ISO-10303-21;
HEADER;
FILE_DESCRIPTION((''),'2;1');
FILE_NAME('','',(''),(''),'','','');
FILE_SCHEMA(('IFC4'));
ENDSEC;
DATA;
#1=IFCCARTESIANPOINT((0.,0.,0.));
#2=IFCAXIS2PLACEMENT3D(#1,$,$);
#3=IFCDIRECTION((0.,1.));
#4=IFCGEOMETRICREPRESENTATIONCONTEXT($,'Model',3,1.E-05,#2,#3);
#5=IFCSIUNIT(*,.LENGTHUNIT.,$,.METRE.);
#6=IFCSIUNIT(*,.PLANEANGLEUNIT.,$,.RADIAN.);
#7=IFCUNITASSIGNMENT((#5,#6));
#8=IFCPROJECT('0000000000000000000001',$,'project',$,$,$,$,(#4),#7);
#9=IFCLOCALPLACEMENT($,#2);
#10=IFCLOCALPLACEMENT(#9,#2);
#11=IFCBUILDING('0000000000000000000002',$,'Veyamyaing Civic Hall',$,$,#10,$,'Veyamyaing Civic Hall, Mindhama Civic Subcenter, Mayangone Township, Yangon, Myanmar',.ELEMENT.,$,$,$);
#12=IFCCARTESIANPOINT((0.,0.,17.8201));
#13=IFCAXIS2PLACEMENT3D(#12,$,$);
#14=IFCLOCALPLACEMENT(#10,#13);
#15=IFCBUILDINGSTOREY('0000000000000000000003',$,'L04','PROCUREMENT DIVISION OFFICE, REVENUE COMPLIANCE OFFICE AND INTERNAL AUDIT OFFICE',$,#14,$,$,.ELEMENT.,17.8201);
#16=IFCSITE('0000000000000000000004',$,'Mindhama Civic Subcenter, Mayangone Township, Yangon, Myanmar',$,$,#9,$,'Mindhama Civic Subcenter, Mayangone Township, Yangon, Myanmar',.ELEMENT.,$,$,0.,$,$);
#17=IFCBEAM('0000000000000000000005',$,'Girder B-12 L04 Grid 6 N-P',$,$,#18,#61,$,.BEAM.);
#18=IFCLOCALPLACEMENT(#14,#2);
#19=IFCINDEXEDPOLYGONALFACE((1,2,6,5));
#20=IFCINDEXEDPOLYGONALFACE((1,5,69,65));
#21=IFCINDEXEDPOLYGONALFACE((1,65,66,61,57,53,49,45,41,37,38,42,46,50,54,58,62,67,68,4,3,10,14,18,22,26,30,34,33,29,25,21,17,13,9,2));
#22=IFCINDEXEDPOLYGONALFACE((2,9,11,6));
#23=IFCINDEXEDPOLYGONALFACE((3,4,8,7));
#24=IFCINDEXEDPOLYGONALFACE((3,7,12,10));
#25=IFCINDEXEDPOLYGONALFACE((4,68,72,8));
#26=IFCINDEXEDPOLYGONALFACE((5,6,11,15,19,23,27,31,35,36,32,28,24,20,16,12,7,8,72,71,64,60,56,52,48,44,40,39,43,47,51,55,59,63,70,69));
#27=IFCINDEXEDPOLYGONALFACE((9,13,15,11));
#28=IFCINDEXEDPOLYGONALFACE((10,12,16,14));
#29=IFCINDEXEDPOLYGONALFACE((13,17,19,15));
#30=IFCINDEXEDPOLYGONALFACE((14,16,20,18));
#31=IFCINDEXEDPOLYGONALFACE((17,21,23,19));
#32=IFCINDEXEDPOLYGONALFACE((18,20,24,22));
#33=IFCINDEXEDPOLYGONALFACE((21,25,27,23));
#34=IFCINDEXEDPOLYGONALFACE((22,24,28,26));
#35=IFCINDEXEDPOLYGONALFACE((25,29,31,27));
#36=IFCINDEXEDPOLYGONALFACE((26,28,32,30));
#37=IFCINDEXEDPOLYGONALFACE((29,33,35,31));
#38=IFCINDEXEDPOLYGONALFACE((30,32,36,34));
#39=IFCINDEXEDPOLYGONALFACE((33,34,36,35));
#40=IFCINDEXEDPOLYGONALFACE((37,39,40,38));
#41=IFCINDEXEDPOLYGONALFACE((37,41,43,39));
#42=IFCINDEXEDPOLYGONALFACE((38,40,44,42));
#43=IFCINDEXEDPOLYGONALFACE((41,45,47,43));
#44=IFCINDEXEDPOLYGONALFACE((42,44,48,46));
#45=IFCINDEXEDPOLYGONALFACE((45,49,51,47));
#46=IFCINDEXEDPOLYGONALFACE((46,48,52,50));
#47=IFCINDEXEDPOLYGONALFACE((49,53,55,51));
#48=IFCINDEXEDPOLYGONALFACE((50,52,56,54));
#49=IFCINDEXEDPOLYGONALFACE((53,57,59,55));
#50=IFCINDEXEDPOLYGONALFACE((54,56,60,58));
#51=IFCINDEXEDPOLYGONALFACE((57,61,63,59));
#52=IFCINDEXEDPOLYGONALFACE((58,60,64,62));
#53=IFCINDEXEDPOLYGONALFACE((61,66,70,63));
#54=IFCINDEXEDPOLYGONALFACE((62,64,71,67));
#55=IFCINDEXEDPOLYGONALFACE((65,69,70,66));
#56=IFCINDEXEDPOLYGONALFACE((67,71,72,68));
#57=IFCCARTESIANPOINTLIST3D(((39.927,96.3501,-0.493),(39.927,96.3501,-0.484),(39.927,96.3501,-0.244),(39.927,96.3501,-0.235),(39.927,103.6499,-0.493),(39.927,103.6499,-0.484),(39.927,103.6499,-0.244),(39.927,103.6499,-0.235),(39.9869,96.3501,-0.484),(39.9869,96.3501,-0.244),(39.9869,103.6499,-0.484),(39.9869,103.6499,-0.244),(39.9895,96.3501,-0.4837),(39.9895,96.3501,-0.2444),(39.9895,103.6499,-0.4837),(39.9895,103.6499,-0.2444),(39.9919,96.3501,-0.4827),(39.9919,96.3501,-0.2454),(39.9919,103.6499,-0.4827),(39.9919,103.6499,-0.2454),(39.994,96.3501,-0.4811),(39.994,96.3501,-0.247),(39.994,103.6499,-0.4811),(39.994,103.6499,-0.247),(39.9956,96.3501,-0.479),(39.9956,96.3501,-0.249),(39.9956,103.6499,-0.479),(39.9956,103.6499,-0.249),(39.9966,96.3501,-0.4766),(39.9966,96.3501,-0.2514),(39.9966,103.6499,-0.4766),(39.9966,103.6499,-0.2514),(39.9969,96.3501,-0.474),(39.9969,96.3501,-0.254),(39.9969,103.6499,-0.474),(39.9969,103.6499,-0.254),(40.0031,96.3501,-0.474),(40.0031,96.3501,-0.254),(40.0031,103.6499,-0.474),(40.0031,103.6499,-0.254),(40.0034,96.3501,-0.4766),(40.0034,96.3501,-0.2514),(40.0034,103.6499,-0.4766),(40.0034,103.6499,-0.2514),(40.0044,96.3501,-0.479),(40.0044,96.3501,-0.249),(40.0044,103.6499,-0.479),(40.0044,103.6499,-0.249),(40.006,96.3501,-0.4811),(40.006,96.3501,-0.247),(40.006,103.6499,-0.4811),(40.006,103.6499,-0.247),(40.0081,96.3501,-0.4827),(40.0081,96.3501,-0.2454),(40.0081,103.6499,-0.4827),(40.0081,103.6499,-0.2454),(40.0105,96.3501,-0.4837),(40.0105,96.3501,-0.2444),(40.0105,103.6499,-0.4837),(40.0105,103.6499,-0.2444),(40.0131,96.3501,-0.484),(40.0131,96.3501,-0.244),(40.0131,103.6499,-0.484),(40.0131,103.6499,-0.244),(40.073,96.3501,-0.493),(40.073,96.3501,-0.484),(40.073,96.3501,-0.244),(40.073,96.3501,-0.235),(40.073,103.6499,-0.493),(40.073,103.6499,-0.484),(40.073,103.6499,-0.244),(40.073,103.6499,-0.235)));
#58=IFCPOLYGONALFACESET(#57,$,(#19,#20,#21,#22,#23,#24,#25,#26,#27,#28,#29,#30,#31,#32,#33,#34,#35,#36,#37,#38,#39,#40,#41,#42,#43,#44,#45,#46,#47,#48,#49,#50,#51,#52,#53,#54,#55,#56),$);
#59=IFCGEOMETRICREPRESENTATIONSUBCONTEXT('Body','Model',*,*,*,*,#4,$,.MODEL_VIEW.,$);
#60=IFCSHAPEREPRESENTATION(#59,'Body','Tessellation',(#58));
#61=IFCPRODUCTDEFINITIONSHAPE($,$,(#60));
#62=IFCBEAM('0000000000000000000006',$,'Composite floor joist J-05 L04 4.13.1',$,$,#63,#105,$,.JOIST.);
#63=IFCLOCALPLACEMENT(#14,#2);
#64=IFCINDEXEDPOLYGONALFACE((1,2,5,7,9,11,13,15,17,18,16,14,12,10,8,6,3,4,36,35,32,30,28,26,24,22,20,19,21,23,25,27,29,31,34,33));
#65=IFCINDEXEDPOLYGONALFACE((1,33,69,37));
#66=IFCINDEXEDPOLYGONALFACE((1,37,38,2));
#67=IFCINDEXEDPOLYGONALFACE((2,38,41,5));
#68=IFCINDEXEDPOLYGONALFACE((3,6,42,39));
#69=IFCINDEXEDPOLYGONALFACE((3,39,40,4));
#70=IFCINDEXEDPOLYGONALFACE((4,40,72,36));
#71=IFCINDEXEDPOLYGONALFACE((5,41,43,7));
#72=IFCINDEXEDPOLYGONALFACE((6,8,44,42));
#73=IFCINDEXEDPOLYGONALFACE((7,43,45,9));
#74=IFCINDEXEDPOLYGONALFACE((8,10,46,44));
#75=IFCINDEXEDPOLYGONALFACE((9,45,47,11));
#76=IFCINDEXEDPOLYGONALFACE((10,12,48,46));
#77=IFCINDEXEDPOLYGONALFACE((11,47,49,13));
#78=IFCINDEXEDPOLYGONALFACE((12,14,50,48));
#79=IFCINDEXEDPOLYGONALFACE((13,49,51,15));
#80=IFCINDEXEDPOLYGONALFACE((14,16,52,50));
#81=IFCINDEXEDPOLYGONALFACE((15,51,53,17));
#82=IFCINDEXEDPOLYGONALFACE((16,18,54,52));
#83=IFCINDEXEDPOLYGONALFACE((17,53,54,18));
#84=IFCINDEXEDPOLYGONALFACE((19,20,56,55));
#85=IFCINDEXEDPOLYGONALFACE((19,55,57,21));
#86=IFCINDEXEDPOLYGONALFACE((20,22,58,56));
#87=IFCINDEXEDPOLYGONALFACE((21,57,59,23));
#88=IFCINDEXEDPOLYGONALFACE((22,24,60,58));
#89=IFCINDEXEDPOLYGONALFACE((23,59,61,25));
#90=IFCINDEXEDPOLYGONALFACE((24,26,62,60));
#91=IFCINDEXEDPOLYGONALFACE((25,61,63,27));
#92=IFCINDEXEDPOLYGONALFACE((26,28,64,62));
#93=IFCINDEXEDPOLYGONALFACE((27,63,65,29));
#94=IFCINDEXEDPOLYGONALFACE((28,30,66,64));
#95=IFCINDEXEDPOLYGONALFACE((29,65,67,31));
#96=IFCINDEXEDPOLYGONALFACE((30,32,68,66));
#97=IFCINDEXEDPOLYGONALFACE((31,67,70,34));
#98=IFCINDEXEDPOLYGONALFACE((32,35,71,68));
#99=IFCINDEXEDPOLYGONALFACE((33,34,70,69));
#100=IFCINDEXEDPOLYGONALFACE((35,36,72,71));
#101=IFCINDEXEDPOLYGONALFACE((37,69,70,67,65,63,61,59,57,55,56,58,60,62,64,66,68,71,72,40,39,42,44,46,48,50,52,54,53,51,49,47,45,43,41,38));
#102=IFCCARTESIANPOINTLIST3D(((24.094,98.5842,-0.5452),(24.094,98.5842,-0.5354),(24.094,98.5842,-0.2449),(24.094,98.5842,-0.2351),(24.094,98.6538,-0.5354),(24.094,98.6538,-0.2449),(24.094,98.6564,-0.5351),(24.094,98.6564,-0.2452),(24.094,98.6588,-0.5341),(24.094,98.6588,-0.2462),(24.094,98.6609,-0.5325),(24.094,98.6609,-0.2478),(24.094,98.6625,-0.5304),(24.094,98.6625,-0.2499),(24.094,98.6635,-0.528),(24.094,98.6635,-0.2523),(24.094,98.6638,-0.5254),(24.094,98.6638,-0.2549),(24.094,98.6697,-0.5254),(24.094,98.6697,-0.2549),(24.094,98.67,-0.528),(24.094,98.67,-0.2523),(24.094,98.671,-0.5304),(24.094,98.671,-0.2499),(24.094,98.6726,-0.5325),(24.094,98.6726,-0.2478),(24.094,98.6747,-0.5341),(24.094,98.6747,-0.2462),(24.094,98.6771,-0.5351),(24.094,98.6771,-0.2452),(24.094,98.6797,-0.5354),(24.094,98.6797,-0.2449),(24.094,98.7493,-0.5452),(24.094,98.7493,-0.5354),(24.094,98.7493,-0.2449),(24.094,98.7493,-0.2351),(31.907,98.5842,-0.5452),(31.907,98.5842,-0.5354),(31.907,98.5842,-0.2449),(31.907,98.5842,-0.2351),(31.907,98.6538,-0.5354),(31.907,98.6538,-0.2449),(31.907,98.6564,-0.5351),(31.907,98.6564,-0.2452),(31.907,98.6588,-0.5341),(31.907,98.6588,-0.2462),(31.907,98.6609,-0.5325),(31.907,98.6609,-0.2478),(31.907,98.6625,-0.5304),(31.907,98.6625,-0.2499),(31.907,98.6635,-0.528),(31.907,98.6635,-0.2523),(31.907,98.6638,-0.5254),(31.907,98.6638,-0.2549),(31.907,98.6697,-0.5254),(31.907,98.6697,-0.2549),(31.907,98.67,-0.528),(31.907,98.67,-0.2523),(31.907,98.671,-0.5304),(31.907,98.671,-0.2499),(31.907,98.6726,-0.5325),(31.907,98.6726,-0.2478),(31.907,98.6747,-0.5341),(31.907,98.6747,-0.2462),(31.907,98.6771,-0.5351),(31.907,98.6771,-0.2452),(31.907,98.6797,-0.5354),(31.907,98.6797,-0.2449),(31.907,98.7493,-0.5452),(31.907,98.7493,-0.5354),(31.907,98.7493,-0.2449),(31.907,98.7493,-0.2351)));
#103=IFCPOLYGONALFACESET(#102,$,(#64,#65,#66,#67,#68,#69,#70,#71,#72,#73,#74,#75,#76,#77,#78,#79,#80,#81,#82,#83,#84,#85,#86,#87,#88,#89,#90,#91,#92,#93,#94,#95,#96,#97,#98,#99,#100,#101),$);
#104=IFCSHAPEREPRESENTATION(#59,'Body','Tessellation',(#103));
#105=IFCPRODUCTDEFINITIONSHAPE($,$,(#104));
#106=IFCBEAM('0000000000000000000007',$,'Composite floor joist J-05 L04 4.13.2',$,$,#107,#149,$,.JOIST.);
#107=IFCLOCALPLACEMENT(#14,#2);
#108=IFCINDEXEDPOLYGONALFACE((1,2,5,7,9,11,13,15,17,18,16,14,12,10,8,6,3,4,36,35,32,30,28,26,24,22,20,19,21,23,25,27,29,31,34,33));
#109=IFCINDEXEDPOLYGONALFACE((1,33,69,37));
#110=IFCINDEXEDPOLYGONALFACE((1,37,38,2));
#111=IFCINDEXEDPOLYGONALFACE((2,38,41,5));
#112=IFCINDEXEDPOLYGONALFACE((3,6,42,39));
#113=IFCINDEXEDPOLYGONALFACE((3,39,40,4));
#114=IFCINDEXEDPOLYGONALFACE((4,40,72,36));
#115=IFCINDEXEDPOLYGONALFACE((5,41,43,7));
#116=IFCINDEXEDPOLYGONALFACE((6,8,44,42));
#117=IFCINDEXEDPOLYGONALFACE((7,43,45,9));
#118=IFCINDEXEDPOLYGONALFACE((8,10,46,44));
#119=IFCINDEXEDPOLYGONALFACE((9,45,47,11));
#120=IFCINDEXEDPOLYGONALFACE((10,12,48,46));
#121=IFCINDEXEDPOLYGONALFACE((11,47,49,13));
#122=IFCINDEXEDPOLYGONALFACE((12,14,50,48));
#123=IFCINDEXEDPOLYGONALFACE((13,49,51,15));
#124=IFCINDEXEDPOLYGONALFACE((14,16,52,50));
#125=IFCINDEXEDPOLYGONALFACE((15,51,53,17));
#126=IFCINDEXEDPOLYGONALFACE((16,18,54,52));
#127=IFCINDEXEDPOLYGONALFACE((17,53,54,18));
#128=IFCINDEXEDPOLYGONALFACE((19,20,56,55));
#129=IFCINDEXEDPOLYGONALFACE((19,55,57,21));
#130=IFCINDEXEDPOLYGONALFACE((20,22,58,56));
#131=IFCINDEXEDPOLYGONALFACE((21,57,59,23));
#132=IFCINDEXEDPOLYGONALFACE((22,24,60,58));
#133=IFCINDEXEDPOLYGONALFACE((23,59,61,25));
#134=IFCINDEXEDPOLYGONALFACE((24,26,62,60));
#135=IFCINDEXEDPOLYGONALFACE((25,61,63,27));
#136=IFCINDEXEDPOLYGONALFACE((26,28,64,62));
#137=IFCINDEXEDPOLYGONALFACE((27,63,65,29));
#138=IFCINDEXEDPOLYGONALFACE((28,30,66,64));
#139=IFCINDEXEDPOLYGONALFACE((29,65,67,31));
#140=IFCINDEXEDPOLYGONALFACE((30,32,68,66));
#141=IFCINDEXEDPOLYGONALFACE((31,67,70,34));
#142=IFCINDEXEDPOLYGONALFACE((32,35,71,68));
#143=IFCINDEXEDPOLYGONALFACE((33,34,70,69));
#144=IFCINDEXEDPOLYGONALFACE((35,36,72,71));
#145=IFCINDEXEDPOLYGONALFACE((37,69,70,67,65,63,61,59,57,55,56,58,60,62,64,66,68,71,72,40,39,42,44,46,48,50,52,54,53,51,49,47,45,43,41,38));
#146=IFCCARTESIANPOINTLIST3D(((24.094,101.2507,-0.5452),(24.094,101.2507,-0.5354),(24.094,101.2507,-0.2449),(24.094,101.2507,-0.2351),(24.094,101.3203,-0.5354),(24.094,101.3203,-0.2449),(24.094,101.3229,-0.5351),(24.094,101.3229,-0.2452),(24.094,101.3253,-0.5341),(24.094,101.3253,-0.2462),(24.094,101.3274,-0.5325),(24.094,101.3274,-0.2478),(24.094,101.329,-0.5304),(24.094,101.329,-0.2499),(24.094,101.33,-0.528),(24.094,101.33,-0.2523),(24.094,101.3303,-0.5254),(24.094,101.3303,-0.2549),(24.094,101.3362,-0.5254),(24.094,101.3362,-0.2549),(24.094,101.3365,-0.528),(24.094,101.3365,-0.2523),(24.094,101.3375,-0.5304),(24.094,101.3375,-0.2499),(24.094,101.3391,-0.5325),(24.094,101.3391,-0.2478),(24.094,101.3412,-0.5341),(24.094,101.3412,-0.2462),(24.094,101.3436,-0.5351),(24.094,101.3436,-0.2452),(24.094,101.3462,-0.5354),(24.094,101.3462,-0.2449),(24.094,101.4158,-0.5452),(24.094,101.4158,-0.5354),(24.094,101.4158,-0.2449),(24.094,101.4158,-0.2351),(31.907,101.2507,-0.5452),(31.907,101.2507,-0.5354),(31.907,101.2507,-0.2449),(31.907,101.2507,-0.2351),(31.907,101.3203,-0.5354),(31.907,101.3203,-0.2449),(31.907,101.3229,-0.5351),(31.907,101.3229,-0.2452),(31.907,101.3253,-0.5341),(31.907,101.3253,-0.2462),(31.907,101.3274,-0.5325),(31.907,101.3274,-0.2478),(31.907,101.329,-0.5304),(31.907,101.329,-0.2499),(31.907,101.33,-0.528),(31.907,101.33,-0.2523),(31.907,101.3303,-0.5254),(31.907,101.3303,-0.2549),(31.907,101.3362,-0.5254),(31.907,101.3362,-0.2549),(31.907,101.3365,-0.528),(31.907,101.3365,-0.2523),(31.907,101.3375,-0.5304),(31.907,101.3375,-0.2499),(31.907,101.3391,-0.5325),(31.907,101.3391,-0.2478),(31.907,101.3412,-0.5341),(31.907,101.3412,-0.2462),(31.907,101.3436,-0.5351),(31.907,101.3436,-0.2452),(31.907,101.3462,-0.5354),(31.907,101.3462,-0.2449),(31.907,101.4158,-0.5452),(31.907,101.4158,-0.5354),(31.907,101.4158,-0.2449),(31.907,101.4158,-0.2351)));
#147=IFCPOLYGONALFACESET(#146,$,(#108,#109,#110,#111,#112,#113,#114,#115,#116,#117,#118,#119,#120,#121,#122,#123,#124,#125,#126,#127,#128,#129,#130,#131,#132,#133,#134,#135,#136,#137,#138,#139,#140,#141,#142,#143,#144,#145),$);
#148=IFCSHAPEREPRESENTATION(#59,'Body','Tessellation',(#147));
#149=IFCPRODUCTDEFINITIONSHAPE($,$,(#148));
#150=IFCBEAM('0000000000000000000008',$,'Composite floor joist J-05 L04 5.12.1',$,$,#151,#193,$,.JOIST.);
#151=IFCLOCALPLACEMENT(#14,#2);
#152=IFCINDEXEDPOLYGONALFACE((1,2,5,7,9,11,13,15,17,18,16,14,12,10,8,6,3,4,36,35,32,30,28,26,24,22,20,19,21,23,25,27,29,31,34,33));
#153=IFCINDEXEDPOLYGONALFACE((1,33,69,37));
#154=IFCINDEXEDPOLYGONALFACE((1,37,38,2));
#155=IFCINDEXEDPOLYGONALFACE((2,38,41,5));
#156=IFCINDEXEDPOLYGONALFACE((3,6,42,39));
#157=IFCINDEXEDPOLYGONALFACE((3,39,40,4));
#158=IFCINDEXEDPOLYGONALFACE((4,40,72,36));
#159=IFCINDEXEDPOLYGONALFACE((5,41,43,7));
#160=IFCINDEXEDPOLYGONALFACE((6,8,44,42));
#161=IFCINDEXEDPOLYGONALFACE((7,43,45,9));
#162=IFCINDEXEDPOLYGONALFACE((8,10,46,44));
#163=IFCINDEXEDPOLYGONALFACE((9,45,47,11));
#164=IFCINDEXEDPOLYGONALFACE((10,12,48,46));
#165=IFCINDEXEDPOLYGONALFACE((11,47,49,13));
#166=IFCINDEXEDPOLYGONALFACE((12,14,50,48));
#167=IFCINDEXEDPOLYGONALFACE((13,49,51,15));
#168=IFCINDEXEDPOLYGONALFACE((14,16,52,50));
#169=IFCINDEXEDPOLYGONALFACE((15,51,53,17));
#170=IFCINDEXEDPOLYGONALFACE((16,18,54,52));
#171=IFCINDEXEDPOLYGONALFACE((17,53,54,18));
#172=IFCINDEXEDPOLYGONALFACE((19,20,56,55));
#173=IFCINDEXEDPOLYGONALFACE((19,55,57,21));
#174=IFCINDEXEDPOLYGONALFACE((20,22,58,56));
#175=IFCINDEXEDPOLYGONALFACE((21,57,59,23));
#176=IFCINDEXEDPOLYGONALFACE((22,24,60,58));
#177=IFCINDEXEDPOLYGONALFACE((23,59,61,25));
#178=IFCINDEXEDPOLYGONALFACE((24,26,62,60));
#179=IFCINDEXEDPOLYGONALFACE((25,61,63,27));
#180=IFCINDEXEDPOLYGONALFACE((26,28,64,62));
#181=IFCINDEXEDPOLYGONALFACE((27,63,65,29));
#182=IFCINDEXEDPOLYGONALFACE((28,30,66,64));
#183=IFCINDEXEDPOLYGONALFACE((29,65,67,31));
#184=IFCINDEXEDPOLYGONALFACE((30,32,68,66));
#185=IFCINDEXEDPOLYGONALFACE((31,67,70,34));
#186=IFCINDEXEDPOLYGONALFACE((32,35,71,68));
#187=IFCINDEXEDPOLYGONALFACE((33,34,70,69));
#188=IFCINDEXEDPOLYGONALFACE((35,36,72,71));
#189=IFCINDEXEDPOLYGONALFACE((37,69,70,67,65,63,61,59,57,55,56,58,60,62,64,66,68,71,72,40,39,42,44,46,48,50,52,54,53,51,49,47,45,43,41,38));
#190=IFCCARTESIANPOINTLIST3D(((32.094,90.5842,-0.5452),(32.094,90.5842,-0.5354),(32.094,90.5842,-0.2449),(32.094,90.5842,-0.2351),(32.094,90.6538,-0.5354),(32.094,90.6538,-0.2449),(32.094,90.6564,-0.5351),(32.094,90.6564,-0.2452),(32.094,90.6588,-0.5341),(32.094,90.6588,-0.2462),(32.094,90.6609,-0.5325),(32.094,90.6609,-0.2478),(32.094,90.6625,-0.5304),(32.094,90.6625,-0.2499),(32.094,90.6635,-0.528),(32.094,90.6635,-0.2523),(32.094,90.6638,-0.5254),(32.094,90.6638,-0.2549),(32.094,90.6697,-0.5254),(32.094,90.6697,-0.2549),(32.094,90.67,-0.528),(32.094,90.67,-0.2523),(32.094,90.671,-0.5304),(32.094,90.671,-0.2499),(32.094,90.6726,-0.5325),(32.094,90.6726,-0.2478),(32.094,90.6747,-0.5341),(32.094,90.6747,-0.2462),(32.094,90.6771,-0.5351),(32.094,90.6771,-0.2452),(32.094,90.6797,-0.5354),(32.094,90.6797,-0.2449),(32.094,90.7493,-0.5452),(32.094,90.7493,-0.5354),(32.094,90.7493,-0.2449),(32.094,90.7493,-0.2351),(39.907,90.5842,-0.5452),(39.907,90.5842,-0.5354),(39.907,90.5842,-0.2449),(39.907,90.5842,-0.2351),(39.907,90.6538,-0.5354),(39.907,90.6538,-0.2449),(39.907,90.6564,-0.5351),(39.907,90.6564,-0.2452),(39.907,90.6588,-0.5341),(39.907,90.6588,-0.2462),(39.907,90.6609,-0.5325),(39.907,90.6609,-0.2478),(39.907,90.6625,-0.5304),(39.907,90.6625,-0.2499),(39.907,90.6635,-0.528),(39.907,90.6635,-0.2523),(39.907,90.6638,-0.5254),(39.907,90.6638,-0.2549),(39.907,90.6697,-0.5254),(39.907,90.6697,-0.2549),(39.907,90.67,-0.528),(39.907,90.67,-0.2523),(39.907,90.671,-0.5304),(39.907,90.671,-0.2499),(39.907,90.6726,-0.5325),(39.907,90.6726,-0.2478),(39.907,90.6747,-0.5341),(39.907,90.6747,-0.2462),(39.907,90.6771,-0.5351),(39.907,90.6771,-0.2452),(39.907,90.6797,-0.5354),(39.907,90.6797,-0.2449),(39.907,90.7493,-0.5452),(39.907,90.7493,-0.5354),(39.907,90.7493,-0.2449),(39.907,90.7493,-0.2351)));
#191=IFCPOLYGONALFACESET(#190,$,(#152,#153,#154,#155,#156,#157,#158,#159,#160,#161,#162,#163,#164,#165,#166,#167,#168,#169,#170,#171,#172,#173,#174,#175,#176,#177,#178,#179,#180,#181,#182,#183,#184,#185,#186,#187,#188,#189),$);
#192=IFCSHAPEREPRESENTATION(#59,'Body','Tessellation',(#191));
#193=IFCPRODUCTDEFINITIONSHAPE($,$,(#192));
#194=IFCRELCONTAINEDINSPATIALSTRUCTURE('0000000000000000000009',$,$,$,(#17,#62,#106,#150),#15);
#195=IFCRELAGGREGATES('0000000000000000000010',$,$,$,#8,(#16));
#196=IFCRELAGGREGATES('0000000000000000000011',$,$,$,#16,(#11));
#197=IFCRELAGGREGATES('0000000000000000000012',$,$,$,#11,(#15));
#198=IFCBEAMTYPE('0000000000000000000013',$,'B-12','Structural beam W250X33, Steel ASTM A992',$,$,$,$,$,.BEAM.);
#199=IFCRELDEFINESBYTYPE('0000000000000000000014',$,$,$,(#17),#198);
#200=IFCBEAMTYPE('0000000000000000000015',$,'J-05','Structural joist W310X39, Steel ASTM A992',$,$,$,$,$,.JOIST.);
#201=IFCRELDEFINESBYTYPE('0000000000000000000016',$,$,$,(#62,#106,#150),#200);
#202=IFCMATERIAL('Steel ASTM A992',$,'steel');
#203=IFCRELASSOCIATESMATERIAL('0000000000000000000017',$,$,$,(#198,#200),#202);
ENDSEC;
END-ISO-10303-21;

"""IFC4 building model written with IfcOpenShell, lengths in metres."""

from ifc_helpers import new_model, si_unit, direction, frame, origin, origin_2d, place, context, subcontext, project, spatial, i_section, extrude, material, material_profile, profile_set, type_object, element, save


model = new_model("IFC4")

# Units and contexts
model_context = context("Model", 3, precision=1e-05, world=origin(), true_north=direction((0.0, 1.0)))
body_context = subcontext(model_context, "Body", "Model", "MODEL_VIEW")
ifc_project = project(units=[si_unit("LENGTHUNIT", "METRE"), si_unit("PLANEANGLEUNIT", "RADIAN")], contexts=[model_context])

# Site, building, storey
site_placement = place(None, origin())
site = spatial("IfcSite", under=ifc_project, at=site_placement, Name="Mindhama Civic Subcenter, Mayangone Township, Yangon, Myanmar", LongName="Mindhama Civic Subcenter, Mayangone Township, Yangon, Myanmar", CompositionType="ELEMENT", RefElevation=0.0)
building_placement = place(site_placement, origin())
building = spatial("IfcBuilding", under=site, at=building_placement, Name="Veyamyaing Civic Hall", LongName="Veyamyaing Civic Hall, Mindhama Civic Subcenter, Mayangone Township, Yangon, Myanmar", CompositionType="ELEMENT")
storey_placement = place(building_placement, frame((0.0, 0.0, 17.8201)))
storey = spatial("IfcBuildingStorey", under=building, at=storey_placement, Name="L04", Description="PROCUREMENT DIVISION OFFICE, REVENUE COMPLIANCE OFFICE AND INTERNAL AUDIT OFFICE", CompositionType="ELEMENT", Elevation=17.8201)

# Beams
ifc_material_1 = material(Name="Steel ASTM A992", Category="steel")
ifc_material_profile_1 = material_profile(ifc_material_1, i_section(OverallWidth=0.146, OverallDepth=0.2581, WebThickness=0.0061, FlangeThickness=0.009, FilletRadius=0.01, at=origin_2d()), Name="W250X33")
ifc_profile_set_1 = profile_set([ifc_material_profile_1], Name="Steel ASTM A992")
beam_type_1 = type_object("IfcBeamType", Name="B-12", Description="Structural beam W250X33, Steel ASTM A992", PredefinedType="BEAM", material=ifc_profile_set_1)
beam_1_placement = place(storey_placement, frame((40.0, 96.3501, -0.364), z_axis=(0.0, 1.0, 0.0), x_axis=(-1.0, 0.0, 0.0)))
element("IfcBeam", 1, at=beam_1_placement, inside=storey, type_object=beam_type_1, Name="Girder B-12 L04 Grid 6 N-P", PredefinedType="BEAM", context=body_context, shape_type="SweptSolid", body=[
    extrude(i_section(OverallWidth=0.146, OverallDepth=0.2581, WebThickness=0.0061, FlangeThickness=0.009, FilletRadius=0.01, at=origin_2d()), origin(), (0.0, 0.0, 1.0), 7.2998),
])
ifc_material_profile_2 = material_profile(ifc_material_1, i_section(OverallWidth=0.165, OverallDepth=0.3101, WebThickness=0.0059, FlangeThickness=0.0098, FilletRadius=0.01, at=origin_2d()), Name="W310X39")
ifc_profile_set_2 = profile_set([ifc_material_profile_2], Name="Steel ASTM A992")
beam_type_2 = type_object("IfcBeamType", Name="J-05", Description="Structural joist W310X39, Steel ASTM A992", PredefinedType="JOIST", material=ifc_profile_set_2)
for number, where, z_axis, x_axis, name in (
    (2, (24.094, 98.6667, -0.3901), (1.0, 0.0, 0.0), (0.0, 1.0, 0.0), "Composite floor joist J-05 L04 4.13.1"),
    (3, (24.094, 101.3333, -0.3901), (1.0, 0.0, 0.0), (0.0, 1.0, 0.0), "Composite floor joist J-05 L04 4.13.2"),
    (4, (32.094, 90.6667, -0.3901), (1.0, 0.0, 0.0), (0.0, 1.0, 0.0), "Composite floor joist J-05 L04 5.12.1"),
):
    element("IfcBeam", number, at=place(storey_placement, frame(where, z_axis=z_axis, x_axis=x_axis)), inside=storey, type_object=beam_type_2, Name=name, PredefinedType="JOIST", context=body_context, shape_type="SweptSolid", body=[
        extrude(i_section(OverallWidth=0.165, OverallDepth=0.3101, WebThickness=0.0059, FlangeThickness=0.0098, FilletRadius=0.01, at=origin_2d()), origin(), (0.0, 0.0, 1.0), 7.813),
    ])

save(model, "model.ifc")
